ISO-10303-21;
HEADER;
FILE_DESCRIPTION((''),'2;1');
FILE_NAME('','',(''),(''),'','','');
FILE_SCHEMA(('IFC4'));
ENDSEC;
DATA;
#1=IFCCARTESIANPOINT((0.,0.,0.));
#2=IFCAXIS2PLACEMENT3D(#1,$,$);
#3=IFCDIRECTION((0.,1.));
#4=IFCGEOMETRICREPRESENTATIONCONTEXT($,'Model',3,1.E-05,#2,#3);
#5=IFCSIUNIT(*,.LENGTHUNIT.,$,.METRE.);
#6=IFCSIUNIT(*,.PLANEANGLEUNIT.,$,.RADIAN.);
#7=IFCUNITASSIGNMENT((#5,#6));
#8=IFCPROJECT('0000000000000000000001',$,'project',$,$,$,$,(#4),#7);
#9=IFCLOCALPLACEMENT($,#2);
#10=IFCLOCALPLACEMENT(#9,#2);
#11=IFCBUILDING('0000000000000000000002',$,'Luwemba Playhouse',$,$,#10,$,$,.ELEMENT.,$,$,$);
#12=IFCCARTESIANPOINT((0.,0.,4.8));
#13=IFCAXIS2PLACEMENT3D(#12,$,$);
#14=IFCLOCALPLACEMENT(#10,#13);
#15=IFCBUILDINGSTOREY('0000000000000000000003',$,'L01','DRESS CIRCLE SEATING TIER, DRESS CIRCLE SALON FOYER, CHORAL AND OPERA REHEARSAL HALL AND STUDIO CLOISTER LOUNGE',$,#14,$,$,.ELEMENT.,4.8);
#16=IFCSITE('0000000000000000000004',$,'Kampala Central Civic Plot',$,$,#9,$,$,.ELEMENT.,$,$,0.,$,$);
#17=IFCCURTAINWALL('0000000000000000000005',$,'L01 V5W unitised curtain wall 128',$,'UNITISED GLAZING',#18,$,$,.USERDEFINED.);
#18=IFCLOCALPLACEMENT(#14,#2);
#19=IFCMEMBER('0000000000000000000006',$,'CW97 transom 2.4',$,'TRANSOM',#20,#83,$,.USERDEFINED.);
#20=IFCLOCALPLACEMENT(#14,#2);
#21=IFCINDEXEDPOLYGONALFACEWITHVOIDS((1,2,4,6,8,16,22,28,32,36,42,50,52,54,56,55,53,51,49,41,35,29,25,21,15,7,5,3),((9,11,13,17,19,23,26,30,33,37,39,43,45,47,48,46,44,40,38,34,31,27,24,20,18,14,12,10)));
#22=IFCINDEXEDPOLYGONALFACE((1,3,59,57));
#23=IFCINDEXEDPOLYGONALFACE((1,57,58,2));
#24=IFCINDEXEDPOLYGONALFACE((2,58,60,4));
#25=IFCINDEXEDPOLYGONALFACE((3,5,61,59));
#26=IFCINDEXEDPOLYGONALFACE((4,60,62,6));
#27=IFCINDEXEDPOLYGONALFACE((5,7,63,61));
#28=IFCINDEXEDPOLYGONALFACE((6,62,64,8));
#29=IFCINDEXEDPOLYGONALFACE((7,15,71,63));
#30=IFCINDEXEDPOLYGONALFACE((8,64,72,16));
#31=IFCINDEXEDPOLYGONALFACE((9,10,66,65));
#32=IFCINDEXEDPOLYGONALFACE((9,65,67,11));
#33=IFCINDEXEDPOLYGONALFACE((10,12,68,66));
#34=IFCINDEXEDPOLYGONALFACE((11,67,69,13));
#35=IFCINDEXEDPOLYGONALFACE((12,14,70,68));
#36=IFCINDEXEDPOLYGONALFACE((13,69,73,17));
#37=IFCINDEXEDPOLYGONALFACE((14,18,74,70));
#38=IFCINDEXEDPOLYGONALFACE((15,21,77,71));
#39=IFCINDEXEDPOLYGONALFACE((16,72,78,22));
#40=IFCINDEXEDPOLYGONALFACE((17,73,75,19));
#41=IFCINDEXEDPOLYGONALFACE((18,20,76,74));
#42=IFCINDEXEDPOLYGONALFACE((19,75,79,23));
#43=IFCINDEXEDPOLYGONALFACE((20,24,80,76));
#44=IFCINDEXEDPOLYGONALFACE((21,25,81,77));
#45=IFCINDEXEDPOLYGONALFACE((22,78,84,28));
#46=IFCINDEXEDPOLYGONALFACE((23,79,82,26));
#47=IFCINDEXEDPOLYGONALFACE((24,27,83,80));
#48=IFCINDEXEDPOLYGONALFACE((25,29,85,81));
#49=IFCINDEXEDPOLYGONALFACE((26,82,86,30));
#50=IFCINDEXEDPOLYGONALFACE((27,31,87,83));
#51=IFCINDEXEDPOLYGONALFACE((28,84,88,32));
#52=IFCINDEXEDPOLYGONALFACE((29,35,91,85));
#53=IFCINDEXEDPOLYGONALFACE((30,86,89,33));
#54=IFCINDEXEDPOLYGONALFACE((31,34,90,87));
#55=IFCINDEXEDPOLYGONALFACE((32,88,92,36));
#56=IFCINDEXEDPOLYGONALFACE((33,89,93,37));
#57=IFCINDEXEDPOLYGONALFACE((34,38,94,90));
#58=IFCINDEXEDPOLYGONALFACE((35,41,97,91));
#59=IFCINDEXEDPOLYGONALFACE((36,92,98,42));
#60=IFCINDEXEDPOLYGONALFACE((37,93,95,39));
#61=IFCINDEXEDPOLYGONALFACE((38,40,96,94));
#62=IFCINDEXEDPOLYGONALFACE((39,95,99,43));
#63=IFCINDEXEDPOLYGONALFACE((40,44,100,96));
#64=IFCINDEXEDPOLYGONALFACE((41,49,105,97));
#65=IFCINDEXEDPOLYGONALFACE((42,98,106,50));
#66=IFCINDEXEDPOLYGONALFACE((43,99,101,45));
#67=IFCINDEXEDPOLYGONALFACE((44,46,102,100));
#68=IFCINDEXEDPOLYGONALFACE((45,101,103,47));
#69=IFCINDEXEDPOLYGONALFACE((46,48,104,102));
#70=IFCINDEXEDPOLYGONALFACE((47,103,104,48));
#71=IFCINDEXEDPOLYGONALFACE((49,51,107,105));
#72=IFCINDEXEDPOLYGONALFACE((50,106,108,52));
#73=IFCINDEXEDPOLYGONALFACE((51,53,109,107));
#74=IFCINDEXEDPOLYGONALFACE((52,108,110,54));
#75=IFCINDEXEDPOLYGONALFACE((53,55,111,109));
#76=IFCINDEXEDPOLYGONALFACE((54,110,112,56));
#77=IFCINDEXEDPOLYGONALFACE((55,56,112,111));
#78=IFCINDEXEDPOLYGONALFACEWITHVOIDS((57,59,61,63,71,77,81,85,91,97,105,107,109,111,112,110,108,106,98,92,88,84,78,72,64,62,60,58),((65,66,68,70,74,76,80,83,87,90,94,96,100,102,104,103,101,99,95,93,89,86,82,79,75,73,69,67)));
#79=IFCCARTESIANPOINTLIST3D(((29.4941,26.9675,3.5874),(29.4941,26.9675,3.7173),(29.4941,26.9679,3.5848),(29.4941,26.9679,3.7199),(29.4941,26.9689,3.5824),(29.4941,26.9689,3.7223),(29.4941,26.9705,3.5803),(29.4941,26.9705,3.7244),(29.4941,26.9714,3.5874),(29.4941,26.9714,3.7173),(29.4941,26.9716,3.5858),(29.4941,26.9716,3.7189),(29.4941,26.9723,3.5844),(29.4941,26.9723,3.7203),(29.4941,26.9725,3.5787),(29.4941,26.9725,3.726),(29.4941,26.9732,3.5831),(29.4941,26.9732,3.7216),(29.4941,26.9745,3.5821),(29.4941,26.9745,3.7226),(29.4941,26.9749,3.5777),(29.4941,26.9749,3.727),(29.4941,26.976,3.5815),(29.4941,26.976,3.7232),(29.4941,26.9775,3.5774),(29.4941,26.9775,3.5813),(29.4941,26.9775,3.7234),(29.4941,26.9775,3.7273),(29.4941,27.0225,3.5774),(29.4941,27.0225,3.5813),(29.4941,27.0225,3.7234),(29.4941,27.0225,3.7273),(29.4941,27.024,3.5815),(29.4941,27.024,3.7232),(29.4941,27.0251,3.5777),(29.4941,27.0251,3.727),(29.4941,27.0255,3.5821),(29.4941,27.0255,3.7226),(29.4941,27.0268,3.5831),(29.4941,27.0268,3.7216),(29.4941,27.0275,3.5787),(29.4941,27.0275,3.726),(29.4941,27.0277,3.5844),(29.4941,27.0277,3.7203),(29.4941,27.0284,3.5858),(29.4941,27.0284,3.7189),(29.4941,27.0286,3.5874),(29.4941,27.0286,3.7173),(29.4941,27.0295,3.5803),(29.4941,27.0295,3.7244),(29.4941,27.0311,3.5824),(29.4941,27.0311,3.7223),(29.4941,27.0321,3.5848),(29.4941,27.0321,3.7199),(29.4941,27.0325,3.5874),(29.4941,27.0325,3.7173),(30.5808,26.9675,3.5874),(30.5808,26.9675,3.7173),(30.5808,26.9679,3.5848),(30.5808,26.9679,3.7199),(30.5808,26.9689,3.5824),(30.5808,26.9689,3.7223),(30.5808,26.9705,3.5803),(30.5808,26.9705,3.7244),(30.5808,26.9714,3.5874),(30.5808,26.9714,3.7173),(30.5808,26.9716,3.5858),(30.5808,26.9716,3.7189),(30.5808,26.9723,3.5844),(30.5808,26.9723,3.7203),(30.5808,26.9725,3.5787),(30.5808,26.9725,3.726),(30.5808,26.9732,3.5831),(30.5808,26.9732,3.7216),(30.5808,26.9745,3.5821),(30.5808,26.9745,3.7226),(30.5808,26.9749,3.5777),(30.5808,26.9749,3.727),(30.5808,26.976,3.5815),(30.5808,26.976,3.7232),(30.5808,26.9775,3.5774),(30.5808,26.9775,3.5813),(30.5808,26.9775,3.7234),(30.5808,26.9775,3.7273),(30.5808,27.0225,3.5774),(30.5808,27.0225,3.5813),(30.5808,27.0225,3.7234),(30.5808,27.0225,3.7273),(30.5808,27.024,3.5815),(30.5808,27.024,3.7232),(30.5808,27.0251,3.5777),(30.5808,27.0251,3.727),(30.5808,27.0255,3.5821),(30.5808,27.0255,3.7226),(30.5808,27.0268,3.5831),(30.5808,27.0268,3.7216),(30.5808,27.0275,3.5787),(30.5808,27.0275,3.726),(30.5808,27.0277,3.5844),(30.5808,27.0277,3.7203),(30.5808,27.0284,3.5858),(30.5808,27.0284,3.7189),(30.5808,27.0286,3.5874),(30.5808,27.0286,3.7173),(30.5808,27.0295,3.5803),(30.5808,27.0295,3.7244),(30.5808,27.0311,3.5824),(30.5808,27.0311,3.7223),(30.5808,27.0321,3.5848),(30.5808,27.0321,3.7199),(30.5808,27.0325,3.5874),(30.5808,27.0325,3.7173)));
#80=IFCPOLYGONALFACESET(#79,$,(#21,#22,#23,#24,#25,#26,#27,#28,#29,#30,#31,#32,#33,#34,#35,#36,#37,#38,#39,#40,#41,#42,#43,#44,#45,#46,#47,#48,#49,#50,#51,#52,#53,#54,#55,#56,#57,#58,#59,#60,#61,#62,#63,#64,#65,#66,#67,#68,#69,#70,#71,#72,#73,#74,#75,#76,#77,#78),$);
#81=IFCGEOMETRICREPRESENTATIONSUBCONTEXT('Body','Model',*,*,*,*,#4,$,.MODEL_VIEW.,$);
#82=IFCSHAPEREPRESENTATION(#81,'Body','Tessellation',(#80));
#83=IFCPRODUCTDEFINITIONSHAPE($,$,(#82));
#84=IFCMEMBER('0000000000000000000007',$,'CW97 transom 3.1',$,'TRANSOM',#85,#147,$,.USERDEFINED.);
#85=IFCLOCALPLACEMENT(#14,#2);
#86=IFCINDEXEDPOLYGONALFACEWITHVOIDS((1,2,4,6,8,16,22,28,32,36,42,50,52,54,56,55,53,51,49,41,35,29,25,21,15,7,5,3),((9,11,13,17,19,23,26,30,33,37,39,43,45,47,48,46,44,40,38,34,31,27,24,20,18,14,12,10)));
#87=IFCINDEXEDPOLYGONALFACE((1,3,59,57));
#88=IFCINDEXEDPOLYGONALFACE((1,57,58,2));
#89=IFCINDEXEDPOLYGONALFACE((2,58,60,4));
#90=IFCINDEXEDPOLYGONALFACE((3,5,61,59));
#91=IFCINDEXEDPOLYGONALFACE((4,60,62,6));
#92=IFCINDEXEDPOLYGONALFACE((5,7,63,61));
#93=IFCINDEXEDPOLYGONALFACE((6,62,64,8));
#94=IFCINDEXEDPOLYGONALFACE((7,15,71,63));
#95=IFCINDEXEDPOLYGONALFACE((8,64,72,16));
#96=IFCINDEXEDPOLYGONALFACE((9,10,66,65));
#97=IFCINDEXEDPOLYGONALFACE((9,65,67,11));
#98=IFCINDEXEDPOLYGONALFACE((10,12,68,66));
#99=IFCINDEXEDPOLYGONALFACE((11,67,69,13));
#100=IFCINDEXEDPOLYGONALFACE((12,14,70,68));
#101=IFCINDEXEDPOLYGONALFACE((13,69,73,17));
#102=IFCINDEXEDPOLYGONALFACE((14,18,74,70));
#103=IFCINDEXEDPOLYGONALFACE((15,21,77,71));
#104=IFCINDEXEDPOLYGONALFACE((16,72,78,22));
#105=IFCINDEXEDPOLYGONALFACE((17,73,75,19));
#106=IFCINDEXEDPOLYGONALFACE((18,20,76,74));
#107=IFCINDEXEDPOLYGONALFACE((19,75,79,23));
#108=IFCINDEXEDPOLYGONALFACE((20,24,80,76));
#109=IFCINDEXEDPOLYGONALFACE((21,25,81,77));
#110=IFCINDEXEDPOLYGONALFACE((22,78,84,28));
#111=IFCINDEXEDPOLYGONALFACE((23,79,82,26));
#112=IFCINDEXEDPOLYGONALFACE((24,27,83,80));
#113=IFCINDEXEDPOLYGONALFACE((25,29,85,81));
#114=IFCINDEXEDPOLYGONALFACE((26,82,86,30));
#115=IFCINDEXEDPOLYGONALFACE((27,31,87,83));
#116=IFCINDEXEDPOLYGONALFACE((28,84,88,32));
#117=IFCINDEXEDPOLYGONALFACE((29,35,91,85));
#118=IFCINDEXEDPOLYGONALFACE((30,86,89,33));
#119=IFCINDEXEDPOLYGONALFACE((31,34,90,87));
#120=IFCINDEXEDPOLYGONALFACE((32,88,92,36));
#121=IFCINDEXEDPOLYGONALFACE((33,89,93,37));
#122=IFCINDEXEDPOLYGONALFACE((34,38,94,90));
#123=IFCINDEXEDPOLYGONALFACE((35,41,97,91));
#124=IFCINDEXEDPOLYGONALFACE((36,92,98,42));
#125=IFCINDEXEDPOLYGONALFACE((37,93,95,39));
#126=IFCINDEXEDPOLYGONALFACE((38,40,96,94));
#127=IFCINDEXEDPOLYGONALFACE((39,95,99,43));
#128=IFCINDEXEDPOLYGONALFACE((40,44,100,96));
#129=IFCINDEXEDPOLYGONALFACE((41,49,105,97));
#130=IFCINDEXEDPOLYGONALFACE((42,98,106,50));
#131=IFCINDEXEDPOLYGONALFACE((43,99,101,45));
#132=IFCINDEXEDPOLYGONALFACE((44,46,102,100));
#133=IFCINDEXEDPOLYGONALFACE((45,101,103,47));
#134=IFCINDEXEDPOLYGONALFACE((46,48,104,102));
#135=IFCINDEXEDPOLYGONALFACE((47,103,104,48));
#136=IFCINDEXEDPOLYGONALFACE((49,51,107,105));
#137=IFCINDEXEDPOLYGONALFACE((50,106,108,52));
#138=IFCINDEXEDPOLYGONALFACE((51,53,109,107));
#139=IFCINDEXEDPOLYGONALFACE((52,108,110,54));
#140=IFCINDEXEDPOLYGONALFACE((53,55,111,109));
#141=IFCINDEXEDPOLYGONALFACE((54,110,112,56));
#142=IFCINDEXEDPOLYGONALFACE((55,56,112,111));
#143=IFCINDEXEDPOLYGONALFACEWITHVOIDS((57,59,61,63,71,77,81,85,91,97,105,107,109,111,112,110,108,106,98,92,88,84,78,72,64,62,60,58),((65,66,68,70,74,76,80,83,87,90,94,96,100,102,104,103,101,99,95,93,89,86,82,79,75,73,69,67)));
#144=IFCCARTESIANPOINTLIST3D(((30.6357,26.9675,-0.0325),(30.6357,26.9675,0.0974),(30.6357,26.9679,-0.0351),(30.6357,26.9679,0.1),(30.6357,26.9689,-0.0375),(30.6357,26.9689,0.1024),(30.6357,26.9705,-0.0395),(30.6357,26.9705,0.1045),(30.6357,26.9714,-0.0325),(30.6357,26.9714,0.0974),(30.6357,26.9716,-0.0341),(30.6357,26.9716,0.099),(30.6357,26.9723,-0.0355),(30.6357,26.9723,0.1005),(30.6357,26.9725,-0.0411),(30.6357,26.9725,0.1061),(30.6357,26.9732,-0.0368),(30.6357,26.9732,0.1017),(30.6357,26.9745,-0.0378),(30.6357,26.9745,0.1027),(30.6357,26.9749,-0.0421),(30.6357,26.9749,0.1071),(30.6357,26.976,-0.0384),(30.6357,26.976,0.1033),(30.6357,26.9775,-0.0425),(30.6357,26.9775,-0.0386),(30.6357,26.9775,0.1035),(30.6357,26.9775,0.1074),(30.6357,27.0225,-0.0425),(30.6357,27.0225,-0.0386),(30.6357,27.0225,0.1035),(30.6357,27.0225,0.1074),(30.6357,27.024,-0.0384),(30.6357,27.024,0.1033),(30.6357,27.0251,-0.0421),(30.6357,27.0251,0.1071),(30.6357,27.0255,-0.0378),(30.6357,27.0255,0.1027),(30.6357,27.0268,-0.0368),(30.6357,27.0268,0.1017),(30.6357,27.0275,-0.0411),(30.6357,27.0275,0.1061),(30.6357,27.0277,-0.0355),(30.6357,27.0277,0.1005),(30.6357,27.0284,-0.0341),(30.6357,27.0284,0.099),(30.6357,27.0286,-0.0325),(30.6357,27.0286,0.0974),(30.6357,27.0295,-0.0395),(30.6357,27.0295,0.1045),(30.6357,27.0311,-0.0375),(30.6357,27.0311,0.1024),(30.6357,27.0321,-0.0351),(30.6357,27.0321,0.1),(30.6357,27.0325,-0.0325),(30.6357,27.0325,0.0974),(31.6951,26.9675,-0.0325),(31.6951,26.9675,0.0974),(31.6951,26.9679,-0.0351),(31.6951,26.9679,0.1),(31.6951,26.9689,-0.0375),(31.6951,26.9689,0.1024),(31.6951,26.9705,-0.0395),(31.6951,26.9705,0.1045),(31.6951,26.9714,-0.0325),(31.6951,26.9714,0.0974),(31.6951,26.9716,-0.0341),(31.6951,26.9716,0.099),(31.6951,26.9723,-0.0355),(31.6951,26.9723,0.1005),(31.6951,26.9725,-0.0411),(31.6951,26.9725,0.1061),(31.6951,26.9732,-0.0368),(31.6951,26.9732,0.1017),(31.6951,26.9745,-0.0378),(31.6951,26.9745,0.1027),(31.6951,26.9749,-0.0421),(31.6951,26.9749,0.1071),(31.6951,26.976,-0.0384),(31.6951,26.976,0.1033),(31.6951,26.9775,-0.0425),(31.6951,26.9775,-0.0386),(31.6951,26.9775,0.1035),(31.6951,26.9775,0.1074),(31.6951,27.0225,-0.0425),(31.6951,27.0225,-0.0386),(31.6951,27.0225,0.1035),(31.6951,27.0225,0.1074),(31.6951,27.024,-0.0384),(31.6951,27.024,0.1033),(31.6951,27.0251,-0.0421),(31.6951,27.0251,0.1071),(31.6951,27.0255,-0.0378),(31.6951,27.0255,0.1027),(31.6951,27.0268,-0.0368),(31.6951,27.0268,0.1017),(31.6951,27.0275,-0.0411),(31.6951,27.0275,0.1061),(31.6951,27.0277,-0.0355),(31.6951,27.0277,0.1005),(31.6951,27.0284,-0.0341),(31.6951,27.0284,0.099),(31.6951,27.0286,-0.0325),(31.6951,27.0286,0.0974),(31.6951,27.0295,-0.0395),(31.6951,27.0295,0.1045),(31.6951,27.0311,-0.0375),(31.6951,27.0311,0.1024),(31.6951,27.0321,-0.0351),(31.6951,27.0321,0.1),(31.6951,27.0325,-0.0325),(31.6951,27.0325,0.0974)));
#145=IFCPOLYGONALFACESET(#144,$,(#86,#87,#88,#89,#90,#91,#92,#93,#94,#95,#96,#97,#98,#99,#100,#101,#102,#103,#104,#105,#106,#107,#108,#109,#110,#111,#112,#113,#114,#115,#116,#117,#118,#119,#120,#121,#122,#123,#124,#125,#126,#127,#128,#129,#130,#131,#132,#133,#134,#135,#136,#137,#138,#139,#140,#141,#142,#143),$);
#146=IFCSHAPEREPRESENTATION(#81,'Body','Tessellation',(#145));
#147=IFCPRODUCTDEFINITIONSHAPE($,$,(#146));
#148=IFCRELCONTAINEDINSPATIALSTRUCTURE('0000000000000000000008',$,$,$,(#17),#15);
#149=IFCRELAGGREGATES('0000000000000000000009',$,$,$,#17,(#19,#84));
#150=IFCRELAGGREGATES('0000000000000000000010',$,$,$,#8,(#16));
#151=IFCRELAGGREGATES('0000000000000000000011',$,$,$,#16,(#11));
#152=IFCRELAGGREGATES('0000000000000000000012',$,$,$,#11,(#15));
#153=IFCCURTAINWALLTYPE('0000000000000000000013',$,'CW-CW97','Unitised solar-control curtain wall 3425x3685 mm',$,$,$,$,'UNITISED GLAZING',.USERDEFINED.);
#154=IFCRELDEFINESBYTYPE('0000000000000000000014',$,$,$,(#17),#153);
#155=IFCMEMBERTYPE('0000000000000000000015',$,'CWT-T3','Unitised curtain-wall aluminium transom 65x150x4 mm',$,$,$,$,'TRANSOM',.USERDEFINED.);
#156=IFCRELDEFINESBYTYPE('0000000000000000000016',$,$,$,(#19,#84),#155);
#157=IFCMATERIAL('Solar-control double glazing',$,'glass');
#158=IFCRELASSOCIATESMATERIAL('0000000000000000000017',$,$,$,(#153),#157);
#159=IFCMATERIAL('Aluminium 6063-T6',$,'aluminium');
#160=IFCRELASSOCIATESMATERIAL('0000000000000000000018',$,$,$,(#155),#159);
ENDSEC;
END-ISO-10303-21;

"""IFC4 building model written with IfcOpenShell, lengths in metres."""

from ifc_helpers import new_model, si_unit, direction, frame, origin, origin_2d, place, context, subcontext, project, spatial, hollow_rectangle, extrude, material, material_profile, profile_set, type_object, element, aggregate, save


model = new_model("IFC4")

# Units and contexts
model_context = context("Model", 3, precision=1e-05, world=origin(), true_north=direction((0.0, 1.0)))
body_context = subcontext(model_context, "Body", "Model", "MODEL_VIEW")
ifc_project = project(units=[si_unit("LENGTHUNIT", "METRE"), si_unit("PLANEANGLEUNIT", "RADIAN")], contexts=[model_context])

# Site, building, storey
site_placement = place(None, origin())
site = spatial("IfcSite", under=ifc_project, at=site_placement, Name="Kampala Central Civic Plot", CompositionType="ELEMENT", RefElevation=0.0)
building_placement = place(site_placement, origin())
building = spatial("IfcBuilding", under=site, at=building_placement, Name="Luwemba Playhouse", CompositionType="ELEMENT")
storey_placement = place(building_placement, frame((0.0, 0.0, 4.8)))
storey = spatial("IfcBuildingStorey", under=building, at=storey_placement, Name="L01", Description="DRESS CIRCLE SEATING TIER, DRESS CIRCLE SALON FOYER, CHORAL AND OPERA REHEARSAL HALL AND STUDIO CLOISTER LOUNGE", CompositionType="ELEMENT", Elevation=4.8)

# Curtain wall
ifc_material_1 = material(Name="Solar-control double glazing", Category="glass")
curtain_wall_type_1 = type_object("IfcCurtainWallType", Name="CW-CW97", Description="Unitised solar-control curtain wall 3425x3685 mm", ElementType="UNITISED GLAZING", PredefinedType="USERDEFINED", material=ifc_material_1)
curtain_wall_1_placement = place(storey_placement, origin())
curtain_wall_1 = element("IfcCurtainWall", 1, at=curtain_wall_1_placement, inside=storey, type_object=curtain_wall_type_1, Name="L01 V5W unitised curtain wall 128", ObjectType="UNITISED GLAZING", PredefinedType="USERDEFINED")
ifc_material_2 = material(Name="Aluminium 6063-T6", Category="aluminium")

# Members
ifc_material_profile_1 = material_profile(ifc_material_2, hollow_rectangle(XDim=0.0649, YDim=0.1499, WallThickness=0.0039, InnerFilletRadius=0.0061, OuterFilletRadius=0.01, at=origin_2d()))
ifc_profile_set_1 = profile_set([ifc_material_profile_1], Name="Aluminium 6063-T6")
member_type_1 = type_object("IfcMemberType", Name="CWT-T3", Description="Unitised curtain-wall aluminium transom 65x150x4 mm", ElementType="TRANSOM", PredefinedType="USERDEFINED", material=ifc_profile_set_1)
member_1_placement = place(storey_placement, frame((29.4941, 27.0, 3.6523), z_axis=(1.0, 0.0, 0.0), x_axis=(0.0, 1.0, 0.0)))
member_1 = element("IfcMember", 2, at=member_1_placement, type_object=member_type_1, Name="CW97 transom 2.4", ObjectType="TRANSOM", PredefinedType="USERDEFINED", context=body_context, shape_type="SweptSolid", body=[
    extrude(hollow_rectangle(XDim=0.0649, YDim=0.1499, WallThickness=0.0039, InnerFilletRadius=0.0061, OuterFilletRadius=0.01, at=origin_2d()), origin(), (0.0, 0.0, 1.0), 1.0867),
])
member_2_placement = place(storey_placement, frame((30.6357, 27.0, 0.0325), z_axis=(1.0, 0.0, 0.0), x_axis=(0.0, 1.0, 0.0)))
member_2 = element("IfcMember", 3, at=member_2_placement, type_object=member_type_1, Name="CW97 transom 3.1", ObjectType="TRANSOM", PredefinedType="USERDEFINED", context=body_context, shape_type="SweptSolid", body=[
    extrude(hollow_rectangle(XDim=0.0649, YDim=0.1499, WallThickness=0.0039, InnerFilletRadius=0.0061, OuterFilletRadius=0.01, at=origin_2d()), origin(), (0.0, 0.0, 1.0), 1.0593),
])

aggregate(curtain_wall_1, [member_1, member_2])

save(model, "model.ifc")
